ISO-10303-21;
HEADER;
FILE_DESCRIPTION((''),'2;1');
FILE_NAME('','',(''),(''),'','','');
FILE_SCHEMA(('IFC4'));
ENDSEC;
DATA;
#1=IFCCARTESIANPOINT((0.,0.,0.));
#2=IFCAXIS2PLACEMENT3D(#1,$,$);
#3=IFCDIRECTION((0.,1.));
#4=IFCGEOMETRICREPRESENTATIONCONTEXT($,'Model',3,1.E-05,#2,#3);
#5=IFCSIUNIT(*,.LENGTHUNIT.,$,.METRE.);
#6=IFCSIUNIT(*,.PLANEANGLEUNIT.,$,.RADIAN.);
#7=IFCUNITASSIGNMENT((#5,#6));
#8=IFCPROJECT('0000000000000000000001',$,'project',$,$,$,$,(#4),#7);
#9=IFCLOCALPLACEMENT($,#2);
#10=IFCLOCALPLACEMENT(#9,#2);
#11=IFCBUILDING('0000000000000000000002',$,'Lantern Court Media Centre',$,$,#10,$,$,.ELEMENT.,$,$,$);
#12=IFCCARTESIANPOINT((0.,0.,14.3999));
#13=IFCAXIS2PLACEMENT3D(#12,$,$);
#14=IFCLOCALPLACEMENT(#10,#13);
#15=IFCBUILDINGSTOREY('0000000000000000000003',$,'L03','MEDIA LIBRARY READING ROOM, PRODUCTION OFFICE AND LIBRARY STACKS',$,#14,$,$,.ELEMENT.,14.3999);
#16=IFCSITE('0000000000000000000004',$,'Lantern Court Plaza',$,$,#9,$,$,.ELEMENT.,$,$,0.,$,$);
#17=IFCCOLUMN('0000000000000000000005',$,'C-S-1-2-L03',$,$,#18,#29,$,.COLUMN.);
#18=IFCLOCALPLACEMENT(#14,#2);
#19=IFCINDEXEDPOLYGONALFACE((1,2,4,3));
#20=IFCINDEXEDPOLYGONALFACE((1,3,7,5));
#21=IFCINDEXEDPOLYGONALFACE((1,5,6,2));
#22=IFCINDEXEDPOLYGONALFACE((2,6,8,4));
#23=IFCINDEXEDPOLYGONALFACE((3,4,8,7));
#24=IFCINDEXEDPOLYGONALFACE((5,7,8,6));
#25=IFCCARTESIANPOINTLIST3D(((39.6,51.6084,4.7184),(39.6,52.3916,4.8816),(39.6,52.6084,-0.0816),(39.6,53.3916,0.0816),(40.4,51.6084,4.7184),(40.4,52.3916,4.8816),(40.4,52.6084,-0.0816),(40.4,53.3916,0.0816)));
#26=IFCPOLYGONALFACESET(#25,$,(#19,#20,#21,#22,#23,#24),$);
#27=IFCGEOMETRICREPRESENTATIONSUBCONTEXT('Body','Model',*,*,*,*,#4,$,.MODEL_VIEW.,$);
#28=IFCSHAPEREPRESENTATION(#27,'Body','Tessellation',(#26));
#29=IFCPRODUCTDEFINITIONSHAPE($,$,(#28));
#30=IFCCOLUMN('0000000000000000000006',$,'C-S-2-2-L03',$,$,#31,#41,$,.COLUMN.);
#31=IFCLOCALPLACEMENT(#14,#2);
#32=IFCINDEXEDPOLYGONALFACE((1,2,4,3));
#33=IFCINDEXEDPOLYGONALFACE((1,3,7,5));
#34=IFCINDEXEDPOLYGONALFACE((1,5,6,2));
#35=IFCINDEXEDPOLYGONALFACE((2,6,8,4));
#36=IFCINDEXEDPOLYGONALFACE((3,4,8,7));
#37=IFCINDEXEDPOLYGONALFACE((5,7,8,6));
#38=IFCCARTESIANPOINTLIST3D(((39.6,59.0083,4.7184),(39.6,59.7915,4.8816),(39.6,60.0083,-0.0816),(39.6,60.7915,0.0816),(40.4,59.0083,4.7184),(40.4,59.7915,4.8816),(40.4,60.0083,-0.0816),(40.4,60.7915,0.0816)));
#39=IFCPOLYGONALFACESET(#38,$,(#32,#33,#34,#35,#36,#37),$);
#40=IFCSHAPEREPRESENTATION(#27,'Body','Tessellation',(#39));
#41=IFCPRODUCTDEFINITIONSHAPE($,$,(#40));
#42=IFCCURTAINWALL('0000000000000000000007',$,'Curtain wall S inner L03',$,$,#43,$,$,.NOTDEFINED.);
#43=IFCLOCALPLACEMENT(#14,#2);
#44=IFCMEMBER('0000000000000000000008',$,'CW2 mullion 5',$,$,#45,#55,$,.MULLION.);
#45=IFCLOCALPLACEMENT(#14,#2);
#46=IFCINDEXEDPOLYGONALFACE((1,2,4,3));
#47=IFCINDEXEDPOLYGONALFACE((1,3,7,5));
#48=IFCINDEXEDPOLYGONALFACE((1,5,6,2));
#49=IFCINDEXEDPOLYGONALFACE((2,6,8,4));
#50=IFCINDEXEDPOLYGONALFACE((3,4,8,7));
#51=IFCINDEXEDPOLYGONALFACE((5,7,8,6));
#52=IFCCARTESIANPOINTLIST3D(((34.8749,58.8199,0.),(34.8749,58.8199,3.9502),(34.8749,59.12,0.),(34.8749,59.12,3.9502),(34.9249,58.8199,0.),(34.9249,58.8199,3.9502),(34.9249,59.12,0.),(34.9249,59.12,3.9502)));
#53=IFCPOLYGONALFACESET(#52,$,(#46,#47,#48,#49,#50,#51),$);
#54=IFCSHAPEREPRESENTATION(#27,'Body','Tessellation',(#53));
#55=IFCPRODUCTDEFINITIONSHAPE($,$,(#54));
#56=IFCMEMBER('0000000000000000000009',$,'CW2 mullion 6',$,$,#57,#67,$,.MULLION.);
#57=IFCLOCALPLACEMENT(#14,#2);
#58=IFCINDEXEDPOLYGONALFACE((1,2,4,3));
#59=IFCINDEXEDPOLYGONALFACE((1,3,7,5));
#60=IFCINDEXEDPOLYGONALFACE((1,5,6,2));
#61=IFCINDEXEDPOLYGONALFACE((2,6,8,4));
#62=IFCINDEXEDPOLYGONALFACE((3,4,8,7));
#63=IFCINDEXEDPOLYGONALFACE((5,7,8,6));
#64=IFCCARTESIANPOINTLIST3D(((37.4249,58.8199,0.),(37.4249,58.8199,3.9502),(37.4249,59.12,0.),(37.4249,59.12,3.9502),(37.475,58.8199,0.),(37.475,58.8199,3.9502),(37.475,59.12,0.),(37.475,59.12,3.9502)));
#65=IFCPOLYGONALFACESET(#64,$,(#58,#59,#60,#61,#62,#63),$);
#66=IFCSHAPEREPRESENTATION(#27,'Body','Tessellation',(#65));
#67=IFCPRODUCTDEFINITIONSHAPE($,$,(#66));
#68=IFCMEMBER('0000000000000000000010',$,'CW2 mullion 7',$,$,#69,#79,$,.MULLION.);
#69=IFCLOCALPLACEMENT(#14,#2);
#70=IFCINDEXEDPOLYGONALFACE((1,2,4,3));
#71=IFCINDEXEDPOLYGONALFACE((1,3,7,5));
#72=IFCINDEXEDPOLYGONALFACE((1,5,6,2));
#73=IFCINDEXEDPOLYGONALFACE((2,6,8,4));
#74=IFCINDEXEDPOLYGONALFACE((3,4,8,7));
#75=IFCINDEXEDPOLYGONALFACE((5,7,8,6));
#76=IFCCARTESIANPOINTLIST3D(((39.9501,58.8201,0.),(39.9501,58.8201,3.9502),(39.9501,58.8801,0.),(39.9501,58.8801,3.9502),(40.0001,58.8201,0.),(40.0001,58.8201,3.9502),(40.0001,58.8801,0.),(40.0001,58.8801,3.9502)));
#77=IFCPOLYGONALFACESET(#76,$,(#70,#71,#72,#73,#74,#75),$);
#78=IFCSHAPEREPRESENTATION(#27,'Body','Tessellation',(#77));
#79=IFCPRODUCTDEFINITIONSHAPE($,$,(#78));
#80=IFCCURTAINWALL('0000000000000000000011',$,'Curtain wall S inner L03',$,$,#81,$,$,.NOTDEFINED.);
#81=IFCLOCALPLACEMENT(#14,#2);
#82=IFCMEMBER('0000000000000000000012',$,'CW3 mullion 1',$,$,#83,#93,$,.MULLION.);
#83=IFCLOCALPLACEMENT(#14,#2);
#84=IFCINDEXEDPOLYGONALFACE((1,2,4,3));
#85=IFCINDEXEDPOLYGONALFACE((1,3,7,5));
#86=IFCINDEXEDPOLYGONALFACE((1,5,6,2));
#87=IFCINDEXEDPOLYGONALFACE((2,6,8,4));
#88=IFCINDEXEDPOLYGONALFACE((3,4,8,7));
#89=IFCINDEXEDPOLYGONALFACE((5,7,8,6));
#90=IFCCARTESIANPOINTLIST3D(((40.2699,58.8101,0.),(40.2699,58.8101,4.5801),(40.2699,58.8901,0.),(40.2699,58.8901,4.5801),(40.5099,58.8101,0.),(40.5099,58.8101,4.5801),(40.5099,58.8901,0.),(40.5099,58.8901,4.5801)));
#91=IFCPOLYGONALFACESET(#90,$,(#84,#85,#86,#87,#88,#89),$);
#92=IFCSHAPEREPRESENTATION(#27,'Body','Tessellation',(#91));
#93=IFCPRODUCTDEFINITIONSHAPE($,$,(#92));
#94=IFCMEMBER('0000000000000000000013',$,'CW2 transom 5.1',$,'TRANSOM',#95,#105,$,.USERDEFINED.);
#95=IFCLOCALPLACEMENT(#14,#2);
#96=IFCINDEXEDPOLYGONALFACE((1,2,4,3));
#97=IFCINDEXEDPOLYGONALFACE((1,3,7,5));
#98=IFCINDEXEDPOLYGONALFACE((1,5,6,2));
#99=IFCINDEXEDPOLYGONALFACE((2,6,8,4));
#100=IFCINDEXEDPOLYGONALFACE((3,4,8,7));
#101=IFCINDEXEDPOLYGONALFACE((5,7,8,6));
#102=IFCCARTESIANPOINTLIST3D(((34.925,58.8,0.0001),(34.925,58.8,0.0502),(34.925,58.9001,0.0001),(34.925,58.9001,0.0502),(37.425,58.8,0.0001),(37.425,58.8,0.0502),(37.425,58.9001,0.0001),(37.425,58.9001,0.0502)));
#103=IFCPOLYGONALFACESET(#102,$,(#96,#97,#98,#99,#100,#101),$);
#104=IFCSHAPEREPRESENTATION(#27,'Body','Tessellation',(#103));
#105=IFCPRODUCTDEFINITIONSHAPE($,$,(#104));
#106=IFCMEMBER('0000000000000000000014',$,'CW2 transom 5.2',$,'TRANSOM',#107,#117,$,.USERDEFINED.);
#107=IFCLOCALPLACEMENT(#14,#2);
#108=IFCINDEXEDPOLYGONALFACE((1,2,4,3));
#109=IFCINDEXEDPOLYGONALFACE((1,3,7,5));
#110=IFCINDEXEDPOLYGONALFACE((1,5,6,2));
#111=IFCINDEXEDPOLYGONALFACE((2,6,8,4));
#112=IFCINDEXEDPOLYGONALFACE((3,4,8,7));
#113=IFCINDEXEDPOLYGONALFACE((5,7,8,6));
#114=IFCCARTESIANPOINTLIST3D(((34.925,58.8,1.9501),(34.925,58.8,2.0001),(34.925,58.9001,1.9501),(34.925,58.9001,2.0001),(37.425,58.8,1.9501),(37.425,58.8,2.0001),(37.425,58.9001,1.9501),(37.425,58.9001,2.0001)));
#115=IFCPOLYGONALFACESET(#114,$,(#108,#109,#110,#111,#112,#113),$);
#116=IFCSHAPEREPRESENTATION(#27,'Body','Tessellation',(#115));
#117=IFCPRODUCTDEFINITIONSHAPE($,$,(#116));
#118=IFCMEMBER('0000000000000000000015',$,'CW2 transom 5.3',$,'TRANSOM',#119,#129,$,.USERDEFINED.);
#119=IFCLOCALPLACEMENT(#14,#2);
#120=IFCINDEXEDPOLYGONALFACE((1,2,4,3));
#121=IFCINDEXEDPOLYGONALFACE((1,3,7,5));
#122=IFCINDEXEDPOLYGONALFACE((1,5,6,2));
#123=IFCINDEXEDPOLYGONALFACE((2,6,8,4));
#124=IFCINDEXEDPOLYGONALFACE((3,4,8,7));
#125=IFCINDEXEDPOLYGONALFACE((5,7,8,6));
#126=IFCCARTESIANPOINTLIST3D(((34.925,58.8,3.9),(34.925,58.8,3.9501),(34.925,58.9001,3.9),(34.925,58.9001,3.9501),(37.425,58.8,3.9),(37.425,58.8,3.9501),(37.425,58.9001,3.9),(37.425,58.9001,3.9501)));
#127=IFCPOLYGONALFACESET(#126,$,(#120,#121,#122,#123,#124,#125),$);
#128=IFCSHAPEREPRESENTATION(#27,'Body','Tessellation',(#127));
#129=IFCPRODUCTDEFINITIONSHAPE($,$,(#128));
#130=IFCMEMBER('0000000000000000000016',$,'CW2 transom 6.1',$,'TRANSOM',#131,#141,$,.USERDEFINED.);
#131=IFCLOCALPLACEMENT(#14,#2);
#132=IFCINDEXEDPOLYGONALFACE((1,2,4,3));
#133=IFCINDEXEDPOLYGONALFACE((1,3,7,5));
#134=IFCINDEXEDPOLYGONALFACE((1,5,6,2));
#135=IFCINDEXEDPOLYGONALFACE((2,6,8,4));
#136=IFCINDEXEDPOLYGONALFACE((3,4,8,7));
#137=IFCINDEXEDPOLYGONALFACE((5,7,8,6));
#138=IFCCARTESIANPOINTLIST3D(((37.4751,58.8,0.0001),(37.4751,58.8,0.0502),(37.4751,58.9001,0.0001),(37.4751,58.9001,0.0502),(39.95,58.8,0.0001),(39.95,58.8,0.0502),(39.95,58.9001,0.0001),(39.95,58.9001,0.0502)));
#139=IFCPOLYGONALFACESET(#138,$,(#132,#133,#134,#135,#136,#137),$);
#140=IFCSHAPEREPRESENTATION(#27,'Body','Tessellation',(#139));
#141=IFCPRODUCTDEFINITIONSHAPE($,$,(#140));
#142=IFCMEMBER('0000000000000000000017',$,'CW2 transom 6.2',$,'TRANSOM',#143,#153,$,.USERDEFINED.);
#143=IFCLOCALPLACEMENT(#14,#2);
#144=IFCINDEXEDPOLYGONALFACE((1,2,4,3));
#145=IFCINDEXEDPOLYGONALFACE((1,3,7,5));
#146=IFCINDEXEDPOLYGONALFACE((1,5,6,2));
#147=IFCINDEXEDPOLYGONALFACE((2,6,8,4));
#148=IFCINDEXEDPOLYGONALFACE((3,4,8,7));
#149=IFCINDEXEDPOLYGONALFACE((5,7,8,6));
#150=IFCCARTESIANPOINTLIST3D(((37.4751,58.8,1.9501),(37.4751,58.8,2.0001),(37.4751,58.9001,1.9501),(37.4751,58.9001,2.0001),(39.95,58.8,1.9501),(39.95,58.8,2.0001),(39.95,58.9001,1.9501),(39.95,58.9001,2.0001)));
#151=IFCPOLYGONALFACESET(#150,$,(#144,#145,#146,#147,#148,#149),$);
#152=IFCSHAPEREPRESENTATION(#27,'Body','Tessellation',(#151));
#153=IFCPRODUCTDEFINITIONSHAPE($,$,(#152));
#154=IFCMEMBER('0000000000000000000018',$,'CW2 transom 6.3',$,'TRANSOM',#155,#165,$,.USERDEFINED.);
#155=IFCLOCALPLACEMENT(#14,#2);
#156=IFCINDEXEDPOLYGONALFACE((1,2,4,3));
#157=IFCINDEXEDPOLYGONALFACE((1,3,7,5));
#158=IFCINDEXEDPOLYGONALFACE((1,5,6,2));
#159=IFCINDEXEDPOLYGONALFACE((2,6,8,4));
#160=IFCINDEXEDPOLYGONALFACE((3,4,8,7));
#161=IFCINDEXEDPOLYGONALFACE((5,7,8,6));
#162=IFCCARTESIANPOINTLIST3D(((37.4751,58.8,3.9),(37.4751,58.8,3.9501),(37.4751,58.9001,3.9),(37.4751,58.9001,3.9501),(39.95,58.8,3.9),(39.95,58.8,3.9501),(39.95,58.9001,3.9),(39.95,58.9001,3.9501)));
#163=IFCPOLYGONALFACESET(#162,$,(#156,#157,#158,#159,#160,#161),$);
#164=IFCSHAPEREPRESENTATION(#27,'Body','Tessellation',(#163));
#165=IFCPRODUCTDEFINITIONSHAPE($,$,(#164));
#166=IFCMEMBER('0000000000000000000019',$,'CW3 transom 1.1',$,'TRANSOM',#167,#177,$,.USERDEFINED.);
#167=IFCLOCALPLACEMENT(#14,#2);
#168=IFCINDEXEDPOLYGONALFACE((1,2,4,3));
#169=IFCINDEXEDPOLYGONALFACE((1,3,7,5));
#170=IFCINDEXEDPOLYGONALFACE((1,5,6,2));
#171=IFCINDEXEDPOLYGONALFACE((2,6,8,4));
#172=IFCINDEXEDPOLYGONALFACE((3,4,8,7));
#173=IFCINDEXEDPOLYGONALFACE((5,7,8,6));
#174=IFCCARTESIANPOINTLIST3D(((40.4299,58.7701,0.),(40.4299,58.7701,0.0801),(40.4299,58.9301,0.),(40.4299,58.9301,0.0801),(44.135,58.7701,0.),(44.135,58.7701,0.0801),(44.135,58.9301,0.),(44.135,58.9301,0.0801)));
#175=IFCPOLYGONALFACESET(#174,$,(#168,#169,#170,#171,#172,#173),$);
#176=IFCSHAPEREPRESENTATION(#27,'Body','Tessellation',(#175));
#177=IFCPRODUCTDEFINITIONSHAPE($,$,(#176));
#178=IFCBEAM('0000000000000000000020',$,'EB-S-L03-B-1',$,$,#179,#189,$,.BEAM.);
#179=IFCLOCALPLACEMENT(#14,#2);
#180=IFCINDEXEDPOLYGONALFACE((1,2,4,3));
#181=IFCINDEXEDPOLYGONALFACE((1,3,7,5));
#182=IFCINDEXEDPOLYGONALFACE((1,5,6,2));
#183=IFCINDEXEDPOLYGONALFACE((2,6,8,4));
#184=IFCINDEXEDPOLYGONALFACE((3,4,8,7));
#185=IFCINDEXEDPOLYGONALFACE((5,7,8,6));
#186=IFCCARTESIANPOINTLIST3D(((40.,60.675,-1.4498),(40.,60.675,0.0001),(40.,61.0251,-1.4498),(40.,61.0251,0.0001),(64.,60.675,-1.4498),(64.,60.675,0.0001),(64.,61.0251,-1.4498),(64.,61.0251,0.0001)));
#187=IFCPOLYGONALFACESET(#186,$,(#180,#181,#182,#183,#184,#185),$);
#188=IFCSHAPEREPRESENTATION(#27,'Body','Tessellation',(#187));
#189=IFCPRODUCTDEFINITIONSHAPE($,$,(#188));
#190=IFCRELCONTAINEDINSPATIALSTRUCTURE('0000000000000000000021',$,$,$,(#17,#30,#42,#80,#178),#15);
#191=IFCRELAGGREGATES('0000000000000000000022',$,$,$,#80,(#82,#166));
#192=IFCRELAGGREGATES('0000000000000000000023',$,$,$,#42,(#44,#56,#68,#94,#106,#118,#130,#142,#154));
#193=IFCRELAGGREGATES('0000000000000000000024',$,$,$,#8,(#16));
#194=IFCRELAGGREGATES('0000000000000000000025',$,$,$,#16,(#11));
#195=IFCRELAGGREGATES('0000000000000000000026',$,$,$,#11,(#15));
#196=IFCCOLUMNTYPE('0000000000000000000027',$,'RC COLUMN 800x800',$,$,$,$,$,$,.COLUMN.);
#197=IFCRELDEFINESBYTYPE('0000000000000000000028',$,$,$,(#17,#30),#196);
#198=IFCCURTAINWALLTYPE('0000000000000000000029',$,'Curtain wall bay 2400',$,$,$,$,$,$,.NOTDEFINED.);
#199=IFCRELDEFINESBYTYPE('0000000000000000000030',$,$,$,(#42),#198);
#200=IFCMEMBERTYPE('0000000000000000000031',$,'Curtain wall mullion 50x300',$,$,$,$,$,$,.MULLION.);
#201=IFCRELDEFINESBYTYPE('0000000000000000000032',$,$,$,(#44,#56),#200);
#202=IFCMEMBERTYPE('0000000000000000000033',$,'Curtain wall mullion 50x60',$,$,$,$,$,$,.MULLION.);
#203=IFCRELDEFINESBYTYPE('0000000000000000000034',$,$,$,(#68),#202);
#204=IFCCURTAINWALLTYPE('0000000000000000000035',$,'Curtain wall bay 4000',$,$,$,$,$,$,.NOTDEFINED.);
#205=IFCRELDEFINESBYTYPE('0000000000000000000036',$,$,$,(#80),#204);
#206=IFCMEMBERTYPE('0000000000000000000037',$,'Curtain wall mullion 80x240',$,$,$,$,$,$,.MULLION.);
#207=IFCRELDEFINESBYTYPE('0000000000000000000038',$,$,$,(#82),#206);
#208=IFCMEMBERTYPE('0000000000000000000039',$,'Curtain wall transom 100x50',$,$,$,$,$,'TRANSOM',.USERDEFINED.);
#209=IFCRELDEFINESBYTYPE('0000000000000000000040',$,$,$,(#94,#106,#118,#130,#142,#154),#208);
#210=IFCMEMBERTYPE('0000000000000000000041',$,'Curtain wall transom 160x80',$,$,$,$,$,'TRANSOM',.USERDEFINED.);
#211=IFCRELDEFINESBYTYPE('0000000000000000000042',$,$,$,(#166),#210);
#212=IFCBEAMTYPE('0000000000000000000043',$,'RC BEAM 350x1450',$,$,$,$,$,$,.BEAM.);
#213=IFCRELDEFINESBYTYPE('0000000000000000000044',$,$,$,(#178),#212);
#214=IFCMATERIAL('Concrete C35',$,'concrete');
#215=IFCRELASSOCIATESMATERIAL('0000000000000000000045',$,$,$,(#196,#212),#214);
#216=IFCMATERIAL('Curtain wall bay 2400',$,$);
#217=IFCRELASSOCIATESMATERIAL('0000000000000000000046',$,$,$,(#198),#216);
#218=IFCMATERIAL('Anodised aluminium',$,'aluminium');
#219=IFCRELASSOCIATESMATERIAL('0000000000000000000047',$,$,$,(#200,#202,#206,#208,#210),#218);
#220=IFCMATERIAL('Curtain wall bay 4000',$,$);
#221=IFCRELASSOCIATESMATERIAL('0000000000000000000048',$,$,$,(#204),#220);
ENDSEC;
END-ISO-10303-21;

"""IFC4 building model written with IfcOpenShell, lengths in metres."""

from ifc_helpers import new_model, si_unit, direction, frame, origin, origin_2d, place, context, subcontext, project, spatial, rectangle, extrude, material, material_profile, profile_set, type_object, element, aggregate, save


model = new_model("IFC4")

# Units and contexts
model_context = context("Model", 3, precision=1e-05, world=origin(), true_north=direction((0.0, 1.0)))
body_context = subcontext(model_context, "Body", "Model", "MODEL_VIEW")
ifc_project = project(units=[si_unit("LENGTHUNIT", "METRE"), si_unit("PLANEANGLEUNIT", "RADIAN")], contexts=[model_context])

# Site, building, storey
site_placement = place(None, origin())
site = spatial("IfcSite", under=ifc_project, at=site_placement, Name="Lantern Court Plaza", CompositionType="ELEMENT", RefElevation=0.0)
building_placement = place(site_placement, origin())
building = spatial("IfcBuilding", under=site, at=building_placement, Name="Lantern Court Media Centre", CompositionType="ELEMENT")
storey_placement = place(building_placement, frame((0.0, 0.0, 14.3999)))
storey = spatial("IfcBuildingStorey", under=building, at=storey_placement, Name="L03", Description="MEDIA LIBRARY READING ROOM, PRODUCTION OFFICE AND LIBRARY STACKS", CompositionType="ELEMENT", Elevation=14.3999)

# Columns
ifc_material_1 = material(Name="Concrete C35", Category="concrete")
ifc_material_profile_1 = material_profile(ifc_material_1, rectangle(XDim=0.8, YDim=0.8, at=origin_2d()), Name="RC 800x800")
ifc_profile_set_1 = profile_set([ifc_material_profile_1], Name="Concrete C35")
column_type = type_object("IfcColumnType", Name="RC COLUMN 800x800", PredefinedType="COLUMN", material=ifc_profile_set_1)
for number, where, z_axis, x_axis, name in (
    (1, (40.0, 53.0, 0.0), (0.0, -0.203952, 0.978981), (1.0, 0.0, 0.0), "C-S-1-2-L03"),
    (2, (40.0, 60.3999, 0.0), (0.0, -0.203952, 0.978981), (1.0, 0.0, 0.0), "C-S-2-2-L03"),
):
    element("IfcColumn", number, at=place(storey_placement, frame(where, z_axis=z_axis, x_axis=x_axis)), inside=storey, type_object=column_type, Name=name, PredefinedType="COLUMN", context=body_context, shape_type="SweptSolid", body=[
        extrude(rectangle(XDim=0.8, YDim=0.8, at=origin_2d()), origin(), (0.0, 0.0, 1.0), 4.9031),
    ])

# Curtain wall, members
ifc_material_2 = material(Name="Curtain wall bay 2400")
curtain_wall_type_1 = type_object("IfcCurtainWallType", Name="Curtain wall bay 2400", PredefinedType="NOTDEFINED", material=ifc_material_2)
curtain_wall_1_placement = place(storey_placement, origin())
curtain_wall_1 = element("IfcCurtainWall", 3, at=curtain_wall_1_placement, inside=storey, type_object=curtain_wall_type_1, Name="Curtain wall S inner L03", PredefinedType="NOTDEFINED")
ifc_material_3 = material(Name="Anodised aluminium", Category="aluminium")
ifc_material_profile_2 = material_profile(ifc_material_3, rectangle(XDim=0.3, YDim=0.05, at=origin_2d()), Name="AL 50x300")
ifc_profile_set_2 = profile_set([ifc_material_profile_2], Name="Anodised aluminium")
member_type_1 = type_object("IfcMemberType", Name="Curtain wall mullion 50x300", PredefinedType="MULLION", material=ifc_profile_set_2)
member_1_placement = place(storey_placement, frame((34.8999, 58.97, 0.0), z_axis=(0.0, 0.0, 1.0), x_axis=(0.0, 1.0, 0.0)))
member_1 = element("IfcMember", 4, at=member_1_placement, type_object=member_type_1, Name="CW2 mullion 5", PredefinedType="MULLION", context=body_context, shape_type="SweptSolid", body=[
    extrude(rectangle(XDim=0.3, YDim=0.05, at=origin_2d()), origin(), (0.0, 0.0, 1.0), 3.9502),
])
member_2_placement = place(storey_placement, frame((37.45, 58.97, 0.0), z_axis=(0.0, 0.0, 1.0), x_axis=(0.0, 1.0, 0.0)))
member_2 = element("IfcMember", 5, at=member_2_placement, type_object=member_type_1, Name="CW2 mullion 6", PredefinedType="MULLION", context=body_context, shape_type="SweptSolid", body=[
    extrude(rectangle(XDim=0.3, YDim=0.05, at=origin_2d()), origin(), (0.0, 0.0, 1.0), 3.9502),
])
ifc_material_profile_3 = material_profile(ifc_material_3, rectangle(XDim=0.0601, YDim=0.05, at=origin_2d()), Name="AL 50x60")
ifc_profile_set_3 = profile_set([ifc_material_profile_3], Name="Anodised aluminium")
member_type_2 = type_object("IfcMemberType", Name="Curtain wall mullion 50x60", PredefinedType="MULLION", material=ifc_profile_set_3)
member_3_placement = place(storey_placement, frame((39.9751, 58.8501, 0.0), z_axis=(0.0, 0.0, 1.0), x_axis=(0.0, 1.0, 0.0)))
member_3 = element("IfcMember", 6, at=member_3_placement, type_object=member_type_2, Name="CW2 mullion 7", PredefinedType="MULLION", context=body_context, shape_type="SweptSolid", body=[
    extrude(rectangle(XDim=0.0601, YDim=0.05, at=origin_2d()), origin(), (0.0, 0.0, 1.0), 3.9502),
])

# Curtain wall, member
ifc_material_4 = material(Name="Curtain wall bay 4000")
curtain_wall_type_2 = type_object("IfcCurtainWallType", Name="Curtain wall bay 4000", PredefinedType="NOTDEFINED", material=ifc_material_4)
curtain_wall_2_placement = place(storey_placement, origin())
curtain_wall_2 = element("IfcCurtainWall", 7, at=curtain_wall_2_placement, inside=storey, type_object=curtain_wall_type_2, Name="Curtain wall S inner L03", PredefinedType="NOTDEFINED")
ifc_material_profile_4 = material_profile(ifc_material_3, rectangle(XDim=0.0801, YDim=0.24, at=origin_2d()), Name="AL 80x240")
ifc_profile_set_4 = profile_set([ifc_material_profile_4], Name="Anodised aluminium")
member_type_3 = type_object("IfcMemberType", Name="Curtain wall mullion 80x240", PredefinedType="MULLION", material=ifc_profile_set_4)
member_4_placement = place(storey_placement, frame((40.3899, 58.8501, 0.0), z_axis=(0.0, 0.0, 1.0), x_axis=(0.0, 1.0, 0.0)))
member_4 = element("IfcMember", 8, at=member_4_placement, type_object=member_type_3, Name="CW3 mullion 1", PredefinedType="MULLION", context=body_context, shape_type="SweptSolid", body=[
    extrude(rectangle(XDim=0.0801, YDim=0.24, at=origin_2d()), origin(), (0.0, 0.0, 1.0), 4.5801),
])

# Members
ifc_material_profile_5 = material_profile(ifc_material_3, rectangle(XDim=0.1001, YDim=0.05, at=origin_2d()), Name="AL 50x100")
ifc_profile_set_5 = profile_set([ifc_material_profile_5], Name="Anodised aluminium")
member_type_4 = type_object("IfcMemberType", Name="Curtain wall transom 100x50", ElementType="TRANSOM", PredefinedType="USERDEFINED", material=ifc_profile_set_5)
member_5_placement = place(storey_placement, frame((34.925, 58.8501, 0.0251), z_axis=(1.0, 0.0, 0.0), x_axis=(0.0, 1.0, 0.0)))
member_5 = element("IfcMember", 9, at=member_5_placement, type_object=member_type_4, Name="CW2 transom 5.1", ObjectType="TRANSOM", PredefinedType="USERDEFINED", context=body_context, shape_type="SweptSolid", body=[
    extrude(rectangle(XDim=0.1001, YDim=0.05, at=origin_2d()), origin(), (0.0, 0.0, 1.0), 2.5),
])
member_6_placement = place(storey_placement, frame((34.925, 58.8501, 1.9751), z_axis=(1.0, 0.0, 0.0), x_axis=(0.0, 1.0, 0.0)))
member_6 = element("IfcMember", 10, at=member_6_placement, type_object=member_type_4, Name="CW2 transom 5.2", ObjectType="TRANSOM", PredefinedType="USERDEFINED", context=body_context, shape_type="SweptSolid", body=[
    extrude(rectangle(XDim=0.1001, YDim=0.05, at=origin_2d()), origin(), (0.0, 0.0, 1.0), 2.5),
])
member_7_placement = place(storey_placement, frame((34.925, 58.8501, 3.925), z_axis=(1.0, 0.0, 0.0), x_axis=(0.0, 1.0, 0.0)))
member_7 = element("IfcMember", 11, at=member_7_placement, type_object=member_type_4, Name="CW2 transom 5.3", ObjectType="TRANSOM", PredefinedType="USERDEFINED", context=body_context, shape_type="SweptSolid", body=[
    extrude(rectangle(XDim=0.1001, YDim=0.05, at=origin_2d()), origin(), (0.0, 0.0, 1.0), 2.5),
])
member_8_placement = place(storey_placement, frame((37.4751, 58.8501, 0.0251), z_axis=(1.0, 0.0, 0.0), x_axis=(0.0, 1.0, 0.0)))
member_8 = element("IfcMember", 12, at=member_8_placement, type_object=member_type_4, Name="CW2 transom 6.1", ObjectType="TRANSOM", PredefinedType="USERDEFINED", context=body_context, shape_type="SweptSolid", body=[
    extrude(rectangle(XDim=0.1001, YDim=0.05, at=origin_2d()), origin(), (0.0, 0.0, 1.0), 2.4749),
])
member_9_placement = place(storey_placement, frame((37.4751, 58.8501, 1.9751), z_axis=(1.0, 0.0, 0.0), x_axis=(0.0, 1.0, 0.0)))
member_9 = element("IfcMember", 13, at=member_9_placement, type_object=member_type_4, Name="CW2 transom 6.2", ObjectType="TRANSOM", PredefinedType="USERDEFINED", context=body_context, shape_type="SweptSolid", body=[
    extrude(rectangle(XDim=0.1001, YDim=0.05, at=origin_2d()), origin(), (0.0, 0.0, 1.0), 2.4749),
])
member_10_placement = place(storey_placement, frame((37.4751, 58.8501, 3.925), z_axis=(1.0, 0.0, 0.0), x_axis=(0.0, 1.0, 0.0)))
member_10 = element("IfcMember", 14, at=member_10_placement, type_object=member_type_4, Name="CW2 transom 6.3", ObjectType="TRANSOM", PredefinedType="USERDEFINED", context=body_context, shape_type="SweptSolid", body=[
    extrude(rectangle(XDim=0.1001, YDim=0.05, at=origin_2d()), origin(), (0.0, 0.0, 1.0), 2.4749),
])
ifc_material_profile_6 = material_profile(ifc_material_3, rectangle(XDim=0.1599, YDim=0.0801, at=origin_2d()), Name="AL 80x160")
ifc_profile_set_6 = profile_set([ifc_material_profile_6], Name="Anodised aluminium")
member_type_5 = type_object("IfcMemberType", Name="Curtain wall transom 160x80", ElementType="TRANSOM", PredefinedType="USERDEFINED", material=ifc_profile_set_6)
member_11_placement = place(storey_placement, frame((40.4299, 58.8501, 0.04), z_axis=(1.0, 0.0, 0.0), x_axis=(0.0, 1.0, 0.0)))
member_11 = element("IfcMember", 15, at=member_11_placement, type_object=member_type_5, Name="CW3 transom 1.1", ObjectType="TRANSOM", PredefinedType="USERDEFINED", context=body_context, shape_type="SweptSolid", body=[
    extrude(rectangle(XDim=0.1599, YDim=0.0801, at=origin_2d()), origin(), (0.0, 0.0, 1.0), 3.7051),
])
aggregate(curtain_wall_2, [member_4, member_11])

# Beam
ifc_material_profile_7 = material_profile(ifc_material_1, rectangle(XDim=0.3501, YDim=1.45, at=origin_2d()), Name="RC 350x1450")
ifc_profile_set_7 = profile_set([ifc_material_profile_7], Name="Concrete C35")
beam_type_1 = type_object("IfcBeamType", Name="RC BEAM 350x1450", PredefinedType="BEAM", material=ifc_profile_set_7)
beam_1_placement = place(storey_placement, frame((40.0, 60.8501, -0.7249), z_axis=(1.0, 0.0, 0.0), x_axis=(0.0, 1.0, 0.0)))
element("IfcBeam", 16, at=beam_1_placement, inside=storey, type_object=beam_type_1, Name="EB-S-L03-B-1", PredefinedType="BEAM", context=body_context, shape_type="SweptSolid", body=[
    extrude(rectangle(XDim=0.3501, YDim=1.45, at=origin_2d()), origin(), (0.0, 0.0, 1.0), 24.0),
])

aggregate(curtain_wall_1, [member_1, member_2, member_3, member_5, member_6, member_7, member_8, member_9, member_10])

save(model, "model.ifc")
